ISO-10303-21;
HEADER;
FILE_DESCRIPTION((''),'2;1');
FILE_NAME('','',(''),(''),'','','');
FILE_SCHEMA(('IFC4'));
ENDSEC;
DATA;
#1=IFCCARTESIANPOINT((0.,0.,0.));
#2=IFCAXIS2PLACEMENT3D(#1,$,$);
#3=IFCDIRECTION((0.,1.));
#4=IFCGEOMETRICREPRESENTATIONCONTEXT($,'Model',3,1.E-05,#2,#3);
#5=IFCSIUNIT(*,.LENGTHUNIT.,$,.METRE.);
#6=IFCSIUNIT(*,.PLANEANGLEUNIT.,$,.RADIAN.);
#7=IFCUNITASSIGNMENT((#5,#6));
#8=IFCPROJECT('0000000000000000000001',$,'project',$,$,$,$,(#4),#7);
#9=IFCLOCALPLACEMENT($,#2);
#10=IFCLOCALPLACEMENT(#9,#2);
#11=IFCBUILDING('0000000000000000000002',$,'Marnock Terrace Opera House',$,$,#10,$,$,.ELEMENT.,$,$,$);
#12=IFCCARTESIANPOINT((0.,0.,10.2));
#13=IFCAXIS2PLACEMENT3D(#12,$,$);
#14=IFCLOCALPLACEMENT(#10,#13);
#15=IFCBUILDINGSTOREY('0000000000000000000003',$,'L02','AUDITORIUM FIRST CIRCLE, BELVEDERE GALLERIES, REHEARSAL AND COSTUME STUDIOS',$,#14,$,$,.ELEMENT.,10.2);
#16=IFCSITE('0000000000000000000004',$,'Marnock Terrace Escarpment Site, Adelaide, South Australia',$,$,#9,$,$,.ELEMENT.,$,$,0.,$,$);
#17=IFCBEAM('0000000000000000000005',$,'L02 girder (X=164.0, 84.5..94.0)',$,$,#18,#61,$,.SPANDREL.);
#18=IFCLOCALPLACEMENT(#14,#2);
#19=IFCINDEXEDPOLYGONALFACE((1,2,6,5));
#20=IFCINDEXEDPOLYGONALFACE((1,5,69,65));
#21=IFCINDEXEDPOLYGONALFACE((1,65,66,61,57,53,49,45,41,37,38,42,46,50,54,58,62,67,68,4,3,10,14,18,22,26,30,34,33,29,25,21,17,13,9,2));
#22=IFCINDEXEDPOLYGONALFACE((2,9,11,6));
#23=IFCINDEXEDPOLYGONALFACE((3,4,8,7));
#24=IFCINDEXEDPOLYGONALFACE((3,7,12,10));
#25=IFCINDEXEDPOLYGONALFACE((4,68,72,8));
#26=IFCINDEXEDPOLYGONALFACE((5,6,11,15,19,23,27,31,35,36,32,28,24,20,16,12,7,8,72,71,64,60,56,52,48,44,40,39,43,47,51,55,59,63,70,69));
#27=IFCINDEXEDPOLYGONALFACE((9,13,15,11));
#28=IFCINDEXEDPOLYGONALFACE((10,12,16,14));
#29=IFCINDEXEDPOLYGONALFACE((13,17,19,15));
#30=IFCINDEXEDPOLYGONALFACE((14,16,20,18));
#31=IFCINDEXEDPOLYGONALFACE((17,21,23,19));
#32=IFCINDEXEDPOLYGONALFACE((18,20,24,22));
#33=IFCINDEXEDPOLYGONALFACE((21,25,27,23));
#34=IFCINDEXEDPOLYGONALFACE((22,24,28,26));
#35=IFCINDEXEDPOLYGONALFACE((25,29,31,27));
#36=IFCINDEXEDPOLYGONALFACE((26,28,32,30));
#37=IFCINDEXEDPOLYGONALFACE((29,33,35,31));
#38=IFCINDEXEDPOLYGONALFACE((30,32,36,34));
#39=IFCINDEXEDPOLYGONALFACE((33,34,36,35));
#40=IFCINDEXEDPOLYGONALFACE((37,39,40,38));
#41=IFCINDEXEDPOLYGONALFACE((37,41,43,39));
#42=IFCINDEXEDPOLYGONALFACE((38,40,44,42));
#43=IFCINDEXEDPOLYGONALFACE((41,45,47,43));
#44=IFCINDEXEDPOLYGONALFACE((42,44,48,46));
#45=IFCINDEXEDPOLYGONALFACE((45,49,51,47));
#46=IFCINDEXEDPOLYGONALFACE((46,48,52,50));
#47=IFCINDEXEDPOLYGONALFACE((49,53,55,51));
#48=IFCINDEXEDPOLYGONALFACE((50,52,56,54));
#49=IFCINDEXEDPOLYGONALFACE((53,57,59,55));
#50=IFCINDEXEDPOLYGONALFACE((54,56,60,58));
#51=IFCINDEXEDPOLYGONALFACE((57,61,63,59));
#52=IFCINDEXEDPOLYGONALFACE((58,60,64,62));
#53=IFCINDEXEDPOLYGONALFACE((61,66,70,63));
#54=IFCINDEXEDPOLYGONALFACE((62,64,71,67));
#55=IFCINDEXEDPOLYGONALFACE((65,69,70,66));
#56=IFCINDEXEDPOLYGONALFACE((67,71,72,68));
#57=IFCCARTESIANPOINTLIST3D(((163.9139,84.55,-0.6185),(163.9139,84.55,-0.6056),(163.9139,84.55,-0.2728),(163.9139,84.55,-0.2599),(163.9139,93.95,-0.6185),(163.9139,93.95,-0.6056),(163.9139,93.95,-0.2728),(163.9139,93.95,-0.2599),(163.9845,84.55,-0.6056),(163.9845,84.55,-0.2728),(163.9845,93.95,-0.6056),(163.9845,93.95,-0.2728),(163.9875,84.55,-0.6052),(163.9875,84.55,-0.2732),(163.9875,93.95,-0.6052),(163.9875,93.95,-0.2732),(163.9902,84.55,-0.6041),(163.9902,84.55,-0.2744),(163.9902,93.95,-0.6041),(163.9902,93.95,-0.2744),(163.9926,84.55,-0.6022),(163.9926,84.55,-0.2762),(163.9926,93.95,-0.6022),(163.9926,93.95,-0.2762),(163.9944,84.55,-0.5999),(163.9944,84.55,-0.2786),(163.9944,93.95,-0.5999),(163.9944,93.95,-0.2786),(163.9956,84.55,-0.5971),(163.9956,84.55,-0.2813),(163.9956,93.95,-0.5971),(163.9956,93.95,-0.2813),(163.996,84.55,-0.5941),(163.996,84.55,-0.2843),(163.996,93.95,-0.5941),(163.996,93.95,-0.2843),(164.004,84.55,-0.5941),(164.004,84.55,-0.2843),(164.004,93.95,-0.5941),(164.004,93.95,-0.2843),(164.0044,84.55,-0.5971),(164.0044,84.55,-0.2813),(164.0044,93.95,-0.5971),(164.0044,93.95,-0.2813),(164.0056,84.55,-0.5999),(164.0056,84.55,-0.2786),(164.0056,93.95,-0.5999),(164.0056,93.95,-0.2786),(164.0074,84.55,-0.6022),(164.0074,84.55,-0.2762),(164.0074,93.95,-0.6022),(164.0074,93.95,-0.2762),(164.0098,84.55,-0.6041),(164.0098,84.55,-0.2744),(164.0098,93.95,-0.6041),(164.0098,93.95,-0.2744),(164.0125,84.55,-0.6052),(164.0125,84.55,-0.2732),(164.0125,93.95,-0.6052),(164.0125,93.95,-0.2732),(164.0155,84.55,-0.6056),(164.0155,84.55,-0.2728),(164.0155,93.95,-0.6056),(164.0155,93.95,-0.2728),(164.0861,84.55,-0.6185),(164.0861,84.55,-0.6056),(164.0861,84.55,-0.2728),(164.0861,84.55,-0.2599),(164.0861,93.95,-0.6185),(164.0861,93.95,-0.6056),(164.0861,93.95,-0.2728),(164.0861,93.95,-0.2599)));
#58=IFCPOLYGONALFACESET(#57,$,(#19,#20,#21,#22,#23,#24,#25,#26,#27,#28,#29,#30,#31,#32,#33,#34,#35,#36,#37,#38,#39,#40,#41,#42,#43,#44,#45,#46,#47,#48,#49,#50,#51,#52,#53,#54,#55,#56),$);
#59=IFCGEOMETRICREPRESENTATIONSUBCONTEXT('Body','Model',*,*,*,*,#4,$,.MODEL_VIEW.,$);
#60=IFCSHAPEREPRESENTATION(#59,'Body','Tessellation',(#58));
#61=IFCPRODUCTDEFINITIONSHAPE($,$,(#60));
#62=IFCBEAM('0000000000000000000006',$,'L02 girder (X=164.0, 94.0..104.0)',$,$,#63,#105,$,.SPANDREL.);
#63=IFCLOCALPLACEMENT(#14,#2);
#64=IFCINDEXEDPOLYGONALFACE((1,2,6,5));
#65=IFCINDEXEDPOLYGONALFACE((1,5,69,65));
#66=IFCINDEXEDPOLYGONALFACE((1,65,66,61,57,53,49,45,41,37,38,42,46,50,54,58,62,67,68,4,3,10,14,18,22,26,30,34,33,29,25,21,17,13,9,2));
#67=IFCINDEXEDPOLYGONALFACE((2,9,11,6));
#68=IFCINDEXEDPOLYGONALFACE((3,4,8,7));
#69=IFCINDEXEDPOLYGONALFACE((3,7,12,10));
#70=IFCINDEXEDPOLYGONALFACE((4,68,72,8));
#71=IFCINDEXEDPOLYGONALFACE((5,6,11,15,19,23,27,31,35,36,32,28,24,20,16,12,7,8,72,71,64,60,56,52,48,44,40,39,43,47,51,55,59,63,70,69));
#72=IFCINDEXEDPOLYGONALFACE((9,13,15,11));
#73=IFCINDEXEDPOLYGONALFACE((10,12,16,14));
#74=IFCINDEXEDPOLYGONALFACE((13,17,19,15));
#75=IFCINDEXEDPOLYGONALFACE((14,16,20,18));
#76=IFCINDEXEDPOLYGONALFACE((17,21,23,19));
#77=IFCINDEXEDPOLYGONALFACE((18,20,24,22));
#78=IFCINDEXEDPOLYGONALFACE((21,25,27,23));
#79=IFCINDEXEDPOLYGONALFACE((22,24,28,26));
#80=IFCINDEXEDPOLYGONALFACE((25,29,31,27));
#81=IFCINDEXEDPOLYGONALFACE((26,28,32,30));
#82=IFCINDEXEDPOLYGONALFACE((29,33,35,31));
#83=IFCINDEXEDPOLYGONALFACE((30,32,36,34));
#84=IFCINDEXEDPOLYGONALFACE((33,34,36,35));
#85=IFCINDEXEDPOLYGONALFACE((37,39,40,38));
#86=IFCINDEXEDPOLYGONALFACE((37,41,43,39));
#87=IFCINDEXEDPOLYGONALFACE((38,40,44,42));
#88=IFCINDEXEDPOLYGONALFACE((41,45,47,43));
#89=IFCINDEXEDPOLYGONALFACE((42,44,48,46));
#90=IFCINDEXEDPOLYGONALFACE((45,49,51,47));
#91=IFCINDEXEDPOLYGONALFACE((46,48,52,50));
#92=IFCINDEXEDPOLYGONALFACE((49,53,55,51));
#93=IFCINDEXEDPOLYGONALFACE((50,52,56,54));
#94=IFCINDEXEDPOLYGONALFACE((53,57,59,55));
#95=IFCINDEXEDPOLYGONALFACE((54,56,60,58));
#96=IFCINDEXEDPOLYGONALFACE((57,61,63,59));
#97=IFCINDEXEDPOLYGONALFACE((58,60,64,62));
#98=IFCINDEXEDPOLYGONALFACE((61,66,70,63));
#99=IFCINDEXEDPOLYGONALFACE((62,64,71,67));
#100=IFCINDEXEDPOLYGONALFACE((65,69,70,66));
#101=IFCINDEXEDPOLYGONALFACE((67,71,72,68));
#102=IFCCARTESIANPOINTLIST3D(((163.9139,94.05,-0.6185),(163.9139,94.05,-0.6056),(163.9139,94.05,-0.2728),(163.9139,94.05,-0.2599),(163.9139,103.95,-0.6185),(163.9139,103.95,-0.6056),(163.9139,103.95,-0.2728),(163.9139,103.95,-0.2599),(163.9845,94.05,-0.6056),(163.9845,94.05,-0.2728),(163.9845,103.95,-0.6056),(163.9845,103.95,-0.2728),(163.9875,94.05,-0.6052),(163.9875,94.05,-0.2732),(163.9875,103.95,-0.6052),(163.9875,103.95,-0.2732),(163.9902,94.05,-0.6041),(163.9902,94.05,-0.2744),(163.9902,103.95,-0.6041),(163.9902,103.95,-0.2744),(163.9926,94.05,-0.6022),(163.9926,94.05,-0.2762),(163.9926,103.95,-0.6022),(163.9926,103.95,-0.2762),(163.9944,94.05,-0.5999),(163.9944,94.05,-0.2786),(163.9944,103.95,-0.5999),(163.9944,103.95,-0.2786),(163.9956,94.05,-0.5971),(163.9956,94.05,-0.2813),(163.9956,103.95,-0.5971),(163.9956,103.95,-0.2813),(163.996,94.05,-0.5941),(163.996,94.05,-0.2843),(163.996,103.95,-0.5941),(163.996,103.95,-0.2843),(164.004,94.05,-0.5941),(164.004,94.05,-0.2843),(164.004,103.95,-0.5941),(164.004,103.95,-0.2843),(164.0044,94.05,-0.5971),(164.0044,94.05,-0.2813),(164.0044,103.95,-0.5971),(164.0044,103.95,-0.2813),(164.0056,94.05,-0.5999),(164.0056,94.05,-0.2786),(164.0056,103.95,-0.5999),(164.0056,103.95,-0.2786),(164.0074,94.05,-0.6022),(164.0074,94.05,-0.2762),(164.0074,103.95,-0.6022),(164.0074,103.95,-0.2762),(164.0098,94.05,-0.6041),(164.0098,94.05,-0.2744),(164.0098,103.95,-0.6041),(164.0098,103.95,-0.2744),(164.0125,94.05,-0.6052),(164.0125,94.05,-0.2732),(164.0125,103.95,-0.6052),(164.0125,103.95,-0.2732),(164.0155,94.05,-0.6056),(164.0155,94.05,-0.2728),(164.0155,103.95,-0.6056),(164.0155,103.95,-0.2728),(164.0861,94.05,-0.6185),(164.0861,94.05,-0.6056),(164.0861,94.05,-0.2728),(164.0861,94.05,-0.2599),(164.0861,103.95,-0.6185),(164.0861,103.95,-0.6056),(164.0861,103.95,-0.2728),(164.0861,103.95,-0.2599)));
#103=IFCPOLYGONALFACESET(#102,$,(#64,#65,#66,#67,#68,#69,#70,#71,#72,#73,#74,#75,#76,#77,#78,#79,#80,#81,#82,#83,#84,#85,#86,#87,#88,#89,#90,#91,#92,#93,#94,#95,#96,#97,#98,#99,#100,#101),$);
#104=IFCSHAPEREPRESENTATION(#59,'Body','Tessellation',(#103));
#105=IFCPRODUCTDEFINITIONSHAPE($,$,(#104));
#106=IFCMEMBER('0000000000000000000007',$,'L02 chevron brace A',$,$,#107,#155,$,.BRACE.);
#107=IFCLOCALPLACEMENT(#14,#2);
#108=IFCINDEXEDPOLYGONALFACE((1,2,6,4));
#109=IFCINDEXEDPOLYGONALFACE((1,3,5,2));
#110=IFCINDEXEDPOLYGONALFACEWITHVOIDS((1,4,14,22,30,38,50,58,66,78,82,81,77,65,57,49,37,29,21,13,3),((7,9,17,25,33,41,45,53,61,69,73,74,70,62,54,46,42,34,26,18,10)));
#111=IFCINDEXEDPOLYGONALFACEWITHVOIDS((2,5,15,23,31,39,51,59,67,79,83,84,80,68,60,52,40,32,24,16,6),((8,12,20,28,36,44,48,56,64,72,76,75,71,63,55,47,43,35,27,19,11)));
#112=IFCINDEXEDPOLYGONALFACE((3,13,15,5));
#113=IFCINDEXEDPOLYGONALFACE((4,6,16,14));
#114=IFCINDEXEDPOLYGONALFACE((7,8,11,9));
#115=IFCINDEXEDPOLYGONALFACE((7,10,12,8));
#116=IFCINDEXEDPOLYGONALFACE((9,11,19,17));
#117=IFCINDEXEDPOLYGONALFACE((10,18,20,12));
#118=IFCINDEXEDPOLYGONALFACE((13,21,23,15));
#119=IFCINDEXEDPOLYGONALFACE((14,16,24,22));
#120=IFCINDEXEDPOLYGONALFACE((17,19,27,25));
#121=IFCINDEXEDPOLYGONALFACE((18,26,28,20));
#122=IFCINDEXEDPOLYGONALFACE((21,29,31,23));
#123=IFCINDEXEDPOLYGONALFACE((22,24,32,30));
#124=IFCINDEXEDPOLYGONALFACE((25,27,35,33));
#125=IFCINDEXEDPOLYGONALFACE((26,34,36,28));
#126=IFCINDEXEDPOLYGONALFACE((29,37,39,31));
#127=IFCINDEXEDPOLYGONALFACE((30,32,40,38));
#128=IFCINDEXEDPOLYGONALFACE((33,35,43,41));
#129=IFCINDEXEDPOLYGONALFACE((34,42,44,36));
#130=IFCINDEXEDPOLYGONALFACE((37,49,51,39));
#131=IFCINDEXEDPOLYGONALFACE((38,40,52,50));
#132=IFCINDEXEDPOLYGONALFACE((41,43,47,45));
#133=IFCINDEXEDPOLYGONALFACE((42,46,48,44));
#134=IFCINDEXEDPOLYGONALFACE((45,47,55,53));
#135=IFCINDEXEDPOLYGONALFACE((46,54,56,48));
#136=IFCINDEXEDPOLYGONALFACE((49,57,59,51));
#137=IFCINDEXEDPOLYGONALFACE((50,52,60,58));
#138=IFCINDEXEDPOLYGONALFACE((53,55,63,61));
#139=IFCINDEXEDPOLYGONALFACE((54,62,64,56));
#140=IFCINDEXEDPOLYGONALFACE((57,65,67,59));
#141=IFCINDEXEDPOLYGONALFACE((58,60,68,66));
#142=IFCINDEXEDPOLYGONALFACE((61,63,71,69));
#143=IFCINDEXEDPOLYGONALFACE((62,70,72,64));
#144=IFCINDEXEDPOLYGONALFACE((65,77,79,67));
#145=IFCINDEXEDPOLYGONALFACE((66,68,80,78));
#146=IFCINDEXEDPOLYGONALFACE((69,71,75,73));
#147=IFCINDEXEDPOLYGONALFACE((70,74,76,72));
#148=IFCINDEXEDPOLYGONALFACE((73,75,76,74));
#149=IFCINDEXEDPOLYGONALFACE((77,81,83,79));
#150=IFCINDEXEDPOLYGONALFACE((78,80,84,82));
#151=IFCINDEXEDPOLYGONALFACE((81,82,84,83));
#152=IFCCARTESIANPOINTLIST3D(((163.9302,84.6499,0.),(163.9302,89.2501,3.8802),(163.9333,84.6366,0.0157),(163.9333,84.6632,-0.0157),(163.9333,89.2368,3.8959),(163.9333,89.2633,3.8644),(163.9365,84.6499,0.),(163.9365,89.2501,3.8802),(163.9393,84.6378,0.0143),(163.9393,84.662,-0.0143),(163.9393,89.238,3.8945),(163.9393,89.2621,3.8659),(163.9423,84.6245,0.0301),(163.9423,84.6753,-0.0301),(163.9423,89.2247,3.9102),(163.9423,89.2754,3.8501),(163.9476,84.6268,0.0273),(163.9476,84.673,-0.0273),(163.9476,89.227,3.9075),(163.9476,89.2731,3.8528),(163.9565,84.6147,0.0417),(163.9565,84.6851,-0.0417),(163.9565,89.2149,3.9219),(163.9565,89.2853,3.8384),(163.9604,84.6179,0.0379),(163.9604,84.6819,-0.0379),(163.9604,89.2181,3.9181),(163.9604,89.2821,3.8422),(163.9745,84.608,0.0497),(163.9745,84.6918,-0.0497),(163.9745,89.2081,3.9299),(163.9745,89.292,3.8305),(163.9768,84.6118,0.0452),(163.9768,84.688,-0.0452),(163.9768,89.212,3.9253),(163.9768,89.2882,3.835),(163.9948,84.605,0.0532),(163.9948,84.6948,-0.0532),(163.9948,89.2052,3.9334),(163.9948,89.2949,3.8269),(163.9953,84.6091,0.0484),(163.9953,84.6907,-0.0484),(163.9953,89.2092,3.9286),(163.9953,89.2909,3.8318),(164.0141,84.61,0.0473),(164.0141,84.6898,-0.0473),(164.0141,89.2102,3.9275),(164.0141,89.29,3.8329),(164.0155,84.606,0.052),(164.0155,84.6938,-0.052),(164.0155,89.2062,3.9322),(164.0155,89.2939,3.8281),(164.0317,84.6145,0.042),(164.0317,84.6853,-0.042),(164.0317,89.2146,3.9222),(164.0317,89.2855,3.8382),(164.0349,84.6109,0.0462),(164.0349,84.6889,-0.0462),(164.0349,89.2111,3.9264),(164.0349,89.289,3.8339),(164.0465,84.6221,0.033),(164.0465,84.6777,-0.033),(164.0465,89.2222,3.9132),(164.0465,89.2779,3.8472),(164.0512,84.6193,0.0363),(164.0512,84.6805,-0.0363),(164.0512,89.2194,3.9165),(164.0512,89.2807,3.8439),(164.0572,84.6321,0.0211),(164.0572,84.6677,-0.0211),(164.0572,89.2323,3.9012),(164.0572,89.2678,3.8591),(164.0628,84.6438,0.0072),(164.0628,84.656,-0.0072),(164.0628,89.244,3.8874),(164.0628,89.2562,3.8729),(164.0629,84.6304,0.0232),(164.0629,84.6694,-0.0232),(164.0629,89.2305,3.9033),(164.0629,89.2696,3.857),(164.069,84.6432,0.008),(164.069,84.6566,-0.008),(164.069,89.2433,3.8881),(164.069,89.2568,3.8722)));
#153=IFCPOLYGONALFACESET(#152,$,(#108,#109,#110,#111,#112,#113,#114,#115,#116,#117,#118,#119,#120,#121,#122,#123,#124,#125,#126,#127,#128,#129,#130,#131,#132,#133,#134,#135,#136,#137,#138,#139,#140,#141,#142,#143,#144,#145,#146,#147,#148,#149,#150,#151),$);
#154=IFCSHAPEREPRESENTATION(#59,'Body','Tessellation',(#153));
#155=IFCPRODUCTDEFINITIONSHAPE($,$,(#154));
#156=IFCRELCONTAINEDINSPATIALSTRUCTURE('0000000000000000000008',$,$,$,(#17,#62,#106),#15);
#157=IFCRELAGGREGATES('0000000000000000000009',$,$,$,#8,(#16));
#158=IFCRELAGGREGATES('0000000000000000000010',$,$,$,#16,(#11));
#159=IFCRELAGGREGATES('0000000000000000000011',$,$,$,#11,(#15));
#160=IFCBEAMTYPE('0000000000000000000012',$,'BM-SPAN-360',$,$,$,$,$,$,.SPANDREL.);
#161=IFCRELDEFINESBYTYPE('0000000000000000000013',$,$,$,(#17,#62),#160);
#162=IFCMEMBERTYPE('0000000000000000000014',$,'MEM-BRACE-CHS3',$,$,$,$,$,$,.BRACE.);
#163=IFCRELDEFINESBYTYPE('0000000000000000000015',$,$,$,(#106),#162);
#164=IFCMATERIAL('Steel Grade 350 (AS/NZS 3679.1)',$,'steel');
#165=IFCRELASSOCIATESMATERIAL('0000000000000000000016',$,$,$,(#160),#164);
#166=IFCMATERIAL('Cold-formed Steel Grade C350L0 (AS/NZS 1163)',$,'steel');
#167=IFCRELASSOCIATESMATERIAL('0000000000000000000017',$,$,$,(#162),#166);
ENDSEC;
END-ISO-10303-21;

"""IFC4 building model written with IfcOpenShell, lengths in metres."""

from ifc_helpers import new_model, si_unit, direction, frame, origin, origin_2d, place, context, subcontext, project, spatial, hollow_circle, i_section, extrude, material, material_profile, profile_set, type_object, element, save


model = new_model("IFC4")

# Units and contexts
model_context = context("Model", 3, precision=1e-05, world=origin(), true_north=direction((0.0, 1.0)))
body_context = subcontext(model_context, "Body", "Model", "MODEL_VIEW")
ifc_project = project(units=[si_unit("LENGTHUNIT", "METRE"), si_unit("PLANEANGLEUNIT", "RADIAN")], contexts=[model_context])

# Site, building, storey
site_placement = place(None, origin())
site = spatial("IfcSite", under=ifc_project, at=site_placement, Name="Marnock Terrace Escarpment Site, Adelaide, South Australia", CompositionType="ELEMENT", RefElevation=0.0)
building_placement = place(site_placement, origin())
building = spatial("IfcBuilding", under=site, at=building_placement, Name="Marnock Terrace Opera House", CompositionType="ELEMENT")
storey_placement = place(building_placement, frame((0.0, 0.0, 10.2)))
storey = spatial("IfcBuildingStorey", under=building, at=storey_placement, Name="L02", Description="AUDITORIUM FIRST CIRCLE, BELVEDERE GALLERIES, REHEARSAL AND COSTUME STUDIOS", CompositionType="ELEMENT", Elevation=10.2)

# Beams
ifc_material_1 = material(Name="Steel Grade 350 (AS/NZS 3679.1)", Category="steel")
ifc_material_profile_1 = material_profile(ifc_material_1, i_section(OverallWidth=0.1721, OverallDepth=0.3586, WebThickness=0.0081, FlangeThickness=0.0129, FilletRadius=0.0115, at=origin_2d()))
ifc_profile_set_1 = profile_set([ifc_material_profile_1], Name="Steel Grade 350 (AS/NZS 3679.1)")
beam_type_1 = type_object("IfcBeamType", Name="BM-SPAN-360", PredefinedType="SPANDREL", material=ifc_profile_set_1)
beam_1_placement = place(storey_placement, frame((164.0, 84.55, -0.4392), z_axis=(0.0, 1.0, 0.0), x_axis=(-1.0, 0.0, 0.0)))
element("IfcBeam", 1, at=beam_1_placement, inside=storey, type_object=beam_type_1, Name="L02 girder (X=164.0, 84.5..94.0)", PredefinedType="SPANDREL", context=body_context, shape_type="SweptSolid", body=[
    extrude(i_section(OverallWidth=0.1721, OverallDepth=0.3586, WebThickness=0.0081, FlangeThickness=0.0129, FilletRadius=0.0115, at=origin_2d()), origin(), (0.0, 0.0, 1.0), 9.3999),
])
beam_2_placement = place(storey_placement, frame((164.0, 94.05, -0.4392), z_axis=(0.0, 1.0, 0.0), x_axis=(-1.0, 0.0, 0.0)))
element("IfcBeam", 2, at=beam_2_placement, inside=storey, type_object=beam_type_1, Name="L02 girder (X=164.0, 94.0..104.0)", PredefinedType="SPANDREL", context=body_context, shape_type="SweptSolid", body=[
    extrude(i_section(OverallWidth=0.1721, OverallDepth=0.3586, WebThickness=0.0081, FlangeThickness=0.0129, FilletRadius=0.0115, at=origin_2d()), origin(), (0.0, 0.0, 1.0), 9.8999),
])

# Member
ifc_material_2 = material(Name="Cold-formed Steel Grade C350L0 (AS/NZS 1163)", Category="steel")
ifc_material_profile_2 = material_profile(ifc_material_2, hollow_circle(Radius=0.0698, WallThickness=0.0063, at=origin_2d()))
ifc_profile_set_2 = profile_set([ifc_material_profile_2], Name="Cold-formed Steel Grade C350L0 (AS/NZS 1163)")
member_type = type_object("IfcMemberType", Name="MEM-BRACE-CHS3", PredefinedType="BRACE", material=ifc_profile_set_2)
for number, where, z_axis, x_axis, name in (
    (3, (164.0, 84.6499, 0.0), (0.0, 0.76439, 0.644754), (-1.0, 0.0, 0.0), "L02 chevron brace A"),
):
    element("IfcMember", number, at=place(storey_placement, frame(where, z_axis=z_axis, x_axis=x_axis)), inside=storey, type_object=member_type, Name=name, PredefinedType="BRACE", context=body_context, shape_type="SweptSolid", body=[
        extrude(hollow_circle(Radius=0.0698, WallThickness=0.0063, at=origin_2d()), origin(), (0.0, 0.0, 1.0), 6.0181),
    ])

save(model, "model.ifc")
